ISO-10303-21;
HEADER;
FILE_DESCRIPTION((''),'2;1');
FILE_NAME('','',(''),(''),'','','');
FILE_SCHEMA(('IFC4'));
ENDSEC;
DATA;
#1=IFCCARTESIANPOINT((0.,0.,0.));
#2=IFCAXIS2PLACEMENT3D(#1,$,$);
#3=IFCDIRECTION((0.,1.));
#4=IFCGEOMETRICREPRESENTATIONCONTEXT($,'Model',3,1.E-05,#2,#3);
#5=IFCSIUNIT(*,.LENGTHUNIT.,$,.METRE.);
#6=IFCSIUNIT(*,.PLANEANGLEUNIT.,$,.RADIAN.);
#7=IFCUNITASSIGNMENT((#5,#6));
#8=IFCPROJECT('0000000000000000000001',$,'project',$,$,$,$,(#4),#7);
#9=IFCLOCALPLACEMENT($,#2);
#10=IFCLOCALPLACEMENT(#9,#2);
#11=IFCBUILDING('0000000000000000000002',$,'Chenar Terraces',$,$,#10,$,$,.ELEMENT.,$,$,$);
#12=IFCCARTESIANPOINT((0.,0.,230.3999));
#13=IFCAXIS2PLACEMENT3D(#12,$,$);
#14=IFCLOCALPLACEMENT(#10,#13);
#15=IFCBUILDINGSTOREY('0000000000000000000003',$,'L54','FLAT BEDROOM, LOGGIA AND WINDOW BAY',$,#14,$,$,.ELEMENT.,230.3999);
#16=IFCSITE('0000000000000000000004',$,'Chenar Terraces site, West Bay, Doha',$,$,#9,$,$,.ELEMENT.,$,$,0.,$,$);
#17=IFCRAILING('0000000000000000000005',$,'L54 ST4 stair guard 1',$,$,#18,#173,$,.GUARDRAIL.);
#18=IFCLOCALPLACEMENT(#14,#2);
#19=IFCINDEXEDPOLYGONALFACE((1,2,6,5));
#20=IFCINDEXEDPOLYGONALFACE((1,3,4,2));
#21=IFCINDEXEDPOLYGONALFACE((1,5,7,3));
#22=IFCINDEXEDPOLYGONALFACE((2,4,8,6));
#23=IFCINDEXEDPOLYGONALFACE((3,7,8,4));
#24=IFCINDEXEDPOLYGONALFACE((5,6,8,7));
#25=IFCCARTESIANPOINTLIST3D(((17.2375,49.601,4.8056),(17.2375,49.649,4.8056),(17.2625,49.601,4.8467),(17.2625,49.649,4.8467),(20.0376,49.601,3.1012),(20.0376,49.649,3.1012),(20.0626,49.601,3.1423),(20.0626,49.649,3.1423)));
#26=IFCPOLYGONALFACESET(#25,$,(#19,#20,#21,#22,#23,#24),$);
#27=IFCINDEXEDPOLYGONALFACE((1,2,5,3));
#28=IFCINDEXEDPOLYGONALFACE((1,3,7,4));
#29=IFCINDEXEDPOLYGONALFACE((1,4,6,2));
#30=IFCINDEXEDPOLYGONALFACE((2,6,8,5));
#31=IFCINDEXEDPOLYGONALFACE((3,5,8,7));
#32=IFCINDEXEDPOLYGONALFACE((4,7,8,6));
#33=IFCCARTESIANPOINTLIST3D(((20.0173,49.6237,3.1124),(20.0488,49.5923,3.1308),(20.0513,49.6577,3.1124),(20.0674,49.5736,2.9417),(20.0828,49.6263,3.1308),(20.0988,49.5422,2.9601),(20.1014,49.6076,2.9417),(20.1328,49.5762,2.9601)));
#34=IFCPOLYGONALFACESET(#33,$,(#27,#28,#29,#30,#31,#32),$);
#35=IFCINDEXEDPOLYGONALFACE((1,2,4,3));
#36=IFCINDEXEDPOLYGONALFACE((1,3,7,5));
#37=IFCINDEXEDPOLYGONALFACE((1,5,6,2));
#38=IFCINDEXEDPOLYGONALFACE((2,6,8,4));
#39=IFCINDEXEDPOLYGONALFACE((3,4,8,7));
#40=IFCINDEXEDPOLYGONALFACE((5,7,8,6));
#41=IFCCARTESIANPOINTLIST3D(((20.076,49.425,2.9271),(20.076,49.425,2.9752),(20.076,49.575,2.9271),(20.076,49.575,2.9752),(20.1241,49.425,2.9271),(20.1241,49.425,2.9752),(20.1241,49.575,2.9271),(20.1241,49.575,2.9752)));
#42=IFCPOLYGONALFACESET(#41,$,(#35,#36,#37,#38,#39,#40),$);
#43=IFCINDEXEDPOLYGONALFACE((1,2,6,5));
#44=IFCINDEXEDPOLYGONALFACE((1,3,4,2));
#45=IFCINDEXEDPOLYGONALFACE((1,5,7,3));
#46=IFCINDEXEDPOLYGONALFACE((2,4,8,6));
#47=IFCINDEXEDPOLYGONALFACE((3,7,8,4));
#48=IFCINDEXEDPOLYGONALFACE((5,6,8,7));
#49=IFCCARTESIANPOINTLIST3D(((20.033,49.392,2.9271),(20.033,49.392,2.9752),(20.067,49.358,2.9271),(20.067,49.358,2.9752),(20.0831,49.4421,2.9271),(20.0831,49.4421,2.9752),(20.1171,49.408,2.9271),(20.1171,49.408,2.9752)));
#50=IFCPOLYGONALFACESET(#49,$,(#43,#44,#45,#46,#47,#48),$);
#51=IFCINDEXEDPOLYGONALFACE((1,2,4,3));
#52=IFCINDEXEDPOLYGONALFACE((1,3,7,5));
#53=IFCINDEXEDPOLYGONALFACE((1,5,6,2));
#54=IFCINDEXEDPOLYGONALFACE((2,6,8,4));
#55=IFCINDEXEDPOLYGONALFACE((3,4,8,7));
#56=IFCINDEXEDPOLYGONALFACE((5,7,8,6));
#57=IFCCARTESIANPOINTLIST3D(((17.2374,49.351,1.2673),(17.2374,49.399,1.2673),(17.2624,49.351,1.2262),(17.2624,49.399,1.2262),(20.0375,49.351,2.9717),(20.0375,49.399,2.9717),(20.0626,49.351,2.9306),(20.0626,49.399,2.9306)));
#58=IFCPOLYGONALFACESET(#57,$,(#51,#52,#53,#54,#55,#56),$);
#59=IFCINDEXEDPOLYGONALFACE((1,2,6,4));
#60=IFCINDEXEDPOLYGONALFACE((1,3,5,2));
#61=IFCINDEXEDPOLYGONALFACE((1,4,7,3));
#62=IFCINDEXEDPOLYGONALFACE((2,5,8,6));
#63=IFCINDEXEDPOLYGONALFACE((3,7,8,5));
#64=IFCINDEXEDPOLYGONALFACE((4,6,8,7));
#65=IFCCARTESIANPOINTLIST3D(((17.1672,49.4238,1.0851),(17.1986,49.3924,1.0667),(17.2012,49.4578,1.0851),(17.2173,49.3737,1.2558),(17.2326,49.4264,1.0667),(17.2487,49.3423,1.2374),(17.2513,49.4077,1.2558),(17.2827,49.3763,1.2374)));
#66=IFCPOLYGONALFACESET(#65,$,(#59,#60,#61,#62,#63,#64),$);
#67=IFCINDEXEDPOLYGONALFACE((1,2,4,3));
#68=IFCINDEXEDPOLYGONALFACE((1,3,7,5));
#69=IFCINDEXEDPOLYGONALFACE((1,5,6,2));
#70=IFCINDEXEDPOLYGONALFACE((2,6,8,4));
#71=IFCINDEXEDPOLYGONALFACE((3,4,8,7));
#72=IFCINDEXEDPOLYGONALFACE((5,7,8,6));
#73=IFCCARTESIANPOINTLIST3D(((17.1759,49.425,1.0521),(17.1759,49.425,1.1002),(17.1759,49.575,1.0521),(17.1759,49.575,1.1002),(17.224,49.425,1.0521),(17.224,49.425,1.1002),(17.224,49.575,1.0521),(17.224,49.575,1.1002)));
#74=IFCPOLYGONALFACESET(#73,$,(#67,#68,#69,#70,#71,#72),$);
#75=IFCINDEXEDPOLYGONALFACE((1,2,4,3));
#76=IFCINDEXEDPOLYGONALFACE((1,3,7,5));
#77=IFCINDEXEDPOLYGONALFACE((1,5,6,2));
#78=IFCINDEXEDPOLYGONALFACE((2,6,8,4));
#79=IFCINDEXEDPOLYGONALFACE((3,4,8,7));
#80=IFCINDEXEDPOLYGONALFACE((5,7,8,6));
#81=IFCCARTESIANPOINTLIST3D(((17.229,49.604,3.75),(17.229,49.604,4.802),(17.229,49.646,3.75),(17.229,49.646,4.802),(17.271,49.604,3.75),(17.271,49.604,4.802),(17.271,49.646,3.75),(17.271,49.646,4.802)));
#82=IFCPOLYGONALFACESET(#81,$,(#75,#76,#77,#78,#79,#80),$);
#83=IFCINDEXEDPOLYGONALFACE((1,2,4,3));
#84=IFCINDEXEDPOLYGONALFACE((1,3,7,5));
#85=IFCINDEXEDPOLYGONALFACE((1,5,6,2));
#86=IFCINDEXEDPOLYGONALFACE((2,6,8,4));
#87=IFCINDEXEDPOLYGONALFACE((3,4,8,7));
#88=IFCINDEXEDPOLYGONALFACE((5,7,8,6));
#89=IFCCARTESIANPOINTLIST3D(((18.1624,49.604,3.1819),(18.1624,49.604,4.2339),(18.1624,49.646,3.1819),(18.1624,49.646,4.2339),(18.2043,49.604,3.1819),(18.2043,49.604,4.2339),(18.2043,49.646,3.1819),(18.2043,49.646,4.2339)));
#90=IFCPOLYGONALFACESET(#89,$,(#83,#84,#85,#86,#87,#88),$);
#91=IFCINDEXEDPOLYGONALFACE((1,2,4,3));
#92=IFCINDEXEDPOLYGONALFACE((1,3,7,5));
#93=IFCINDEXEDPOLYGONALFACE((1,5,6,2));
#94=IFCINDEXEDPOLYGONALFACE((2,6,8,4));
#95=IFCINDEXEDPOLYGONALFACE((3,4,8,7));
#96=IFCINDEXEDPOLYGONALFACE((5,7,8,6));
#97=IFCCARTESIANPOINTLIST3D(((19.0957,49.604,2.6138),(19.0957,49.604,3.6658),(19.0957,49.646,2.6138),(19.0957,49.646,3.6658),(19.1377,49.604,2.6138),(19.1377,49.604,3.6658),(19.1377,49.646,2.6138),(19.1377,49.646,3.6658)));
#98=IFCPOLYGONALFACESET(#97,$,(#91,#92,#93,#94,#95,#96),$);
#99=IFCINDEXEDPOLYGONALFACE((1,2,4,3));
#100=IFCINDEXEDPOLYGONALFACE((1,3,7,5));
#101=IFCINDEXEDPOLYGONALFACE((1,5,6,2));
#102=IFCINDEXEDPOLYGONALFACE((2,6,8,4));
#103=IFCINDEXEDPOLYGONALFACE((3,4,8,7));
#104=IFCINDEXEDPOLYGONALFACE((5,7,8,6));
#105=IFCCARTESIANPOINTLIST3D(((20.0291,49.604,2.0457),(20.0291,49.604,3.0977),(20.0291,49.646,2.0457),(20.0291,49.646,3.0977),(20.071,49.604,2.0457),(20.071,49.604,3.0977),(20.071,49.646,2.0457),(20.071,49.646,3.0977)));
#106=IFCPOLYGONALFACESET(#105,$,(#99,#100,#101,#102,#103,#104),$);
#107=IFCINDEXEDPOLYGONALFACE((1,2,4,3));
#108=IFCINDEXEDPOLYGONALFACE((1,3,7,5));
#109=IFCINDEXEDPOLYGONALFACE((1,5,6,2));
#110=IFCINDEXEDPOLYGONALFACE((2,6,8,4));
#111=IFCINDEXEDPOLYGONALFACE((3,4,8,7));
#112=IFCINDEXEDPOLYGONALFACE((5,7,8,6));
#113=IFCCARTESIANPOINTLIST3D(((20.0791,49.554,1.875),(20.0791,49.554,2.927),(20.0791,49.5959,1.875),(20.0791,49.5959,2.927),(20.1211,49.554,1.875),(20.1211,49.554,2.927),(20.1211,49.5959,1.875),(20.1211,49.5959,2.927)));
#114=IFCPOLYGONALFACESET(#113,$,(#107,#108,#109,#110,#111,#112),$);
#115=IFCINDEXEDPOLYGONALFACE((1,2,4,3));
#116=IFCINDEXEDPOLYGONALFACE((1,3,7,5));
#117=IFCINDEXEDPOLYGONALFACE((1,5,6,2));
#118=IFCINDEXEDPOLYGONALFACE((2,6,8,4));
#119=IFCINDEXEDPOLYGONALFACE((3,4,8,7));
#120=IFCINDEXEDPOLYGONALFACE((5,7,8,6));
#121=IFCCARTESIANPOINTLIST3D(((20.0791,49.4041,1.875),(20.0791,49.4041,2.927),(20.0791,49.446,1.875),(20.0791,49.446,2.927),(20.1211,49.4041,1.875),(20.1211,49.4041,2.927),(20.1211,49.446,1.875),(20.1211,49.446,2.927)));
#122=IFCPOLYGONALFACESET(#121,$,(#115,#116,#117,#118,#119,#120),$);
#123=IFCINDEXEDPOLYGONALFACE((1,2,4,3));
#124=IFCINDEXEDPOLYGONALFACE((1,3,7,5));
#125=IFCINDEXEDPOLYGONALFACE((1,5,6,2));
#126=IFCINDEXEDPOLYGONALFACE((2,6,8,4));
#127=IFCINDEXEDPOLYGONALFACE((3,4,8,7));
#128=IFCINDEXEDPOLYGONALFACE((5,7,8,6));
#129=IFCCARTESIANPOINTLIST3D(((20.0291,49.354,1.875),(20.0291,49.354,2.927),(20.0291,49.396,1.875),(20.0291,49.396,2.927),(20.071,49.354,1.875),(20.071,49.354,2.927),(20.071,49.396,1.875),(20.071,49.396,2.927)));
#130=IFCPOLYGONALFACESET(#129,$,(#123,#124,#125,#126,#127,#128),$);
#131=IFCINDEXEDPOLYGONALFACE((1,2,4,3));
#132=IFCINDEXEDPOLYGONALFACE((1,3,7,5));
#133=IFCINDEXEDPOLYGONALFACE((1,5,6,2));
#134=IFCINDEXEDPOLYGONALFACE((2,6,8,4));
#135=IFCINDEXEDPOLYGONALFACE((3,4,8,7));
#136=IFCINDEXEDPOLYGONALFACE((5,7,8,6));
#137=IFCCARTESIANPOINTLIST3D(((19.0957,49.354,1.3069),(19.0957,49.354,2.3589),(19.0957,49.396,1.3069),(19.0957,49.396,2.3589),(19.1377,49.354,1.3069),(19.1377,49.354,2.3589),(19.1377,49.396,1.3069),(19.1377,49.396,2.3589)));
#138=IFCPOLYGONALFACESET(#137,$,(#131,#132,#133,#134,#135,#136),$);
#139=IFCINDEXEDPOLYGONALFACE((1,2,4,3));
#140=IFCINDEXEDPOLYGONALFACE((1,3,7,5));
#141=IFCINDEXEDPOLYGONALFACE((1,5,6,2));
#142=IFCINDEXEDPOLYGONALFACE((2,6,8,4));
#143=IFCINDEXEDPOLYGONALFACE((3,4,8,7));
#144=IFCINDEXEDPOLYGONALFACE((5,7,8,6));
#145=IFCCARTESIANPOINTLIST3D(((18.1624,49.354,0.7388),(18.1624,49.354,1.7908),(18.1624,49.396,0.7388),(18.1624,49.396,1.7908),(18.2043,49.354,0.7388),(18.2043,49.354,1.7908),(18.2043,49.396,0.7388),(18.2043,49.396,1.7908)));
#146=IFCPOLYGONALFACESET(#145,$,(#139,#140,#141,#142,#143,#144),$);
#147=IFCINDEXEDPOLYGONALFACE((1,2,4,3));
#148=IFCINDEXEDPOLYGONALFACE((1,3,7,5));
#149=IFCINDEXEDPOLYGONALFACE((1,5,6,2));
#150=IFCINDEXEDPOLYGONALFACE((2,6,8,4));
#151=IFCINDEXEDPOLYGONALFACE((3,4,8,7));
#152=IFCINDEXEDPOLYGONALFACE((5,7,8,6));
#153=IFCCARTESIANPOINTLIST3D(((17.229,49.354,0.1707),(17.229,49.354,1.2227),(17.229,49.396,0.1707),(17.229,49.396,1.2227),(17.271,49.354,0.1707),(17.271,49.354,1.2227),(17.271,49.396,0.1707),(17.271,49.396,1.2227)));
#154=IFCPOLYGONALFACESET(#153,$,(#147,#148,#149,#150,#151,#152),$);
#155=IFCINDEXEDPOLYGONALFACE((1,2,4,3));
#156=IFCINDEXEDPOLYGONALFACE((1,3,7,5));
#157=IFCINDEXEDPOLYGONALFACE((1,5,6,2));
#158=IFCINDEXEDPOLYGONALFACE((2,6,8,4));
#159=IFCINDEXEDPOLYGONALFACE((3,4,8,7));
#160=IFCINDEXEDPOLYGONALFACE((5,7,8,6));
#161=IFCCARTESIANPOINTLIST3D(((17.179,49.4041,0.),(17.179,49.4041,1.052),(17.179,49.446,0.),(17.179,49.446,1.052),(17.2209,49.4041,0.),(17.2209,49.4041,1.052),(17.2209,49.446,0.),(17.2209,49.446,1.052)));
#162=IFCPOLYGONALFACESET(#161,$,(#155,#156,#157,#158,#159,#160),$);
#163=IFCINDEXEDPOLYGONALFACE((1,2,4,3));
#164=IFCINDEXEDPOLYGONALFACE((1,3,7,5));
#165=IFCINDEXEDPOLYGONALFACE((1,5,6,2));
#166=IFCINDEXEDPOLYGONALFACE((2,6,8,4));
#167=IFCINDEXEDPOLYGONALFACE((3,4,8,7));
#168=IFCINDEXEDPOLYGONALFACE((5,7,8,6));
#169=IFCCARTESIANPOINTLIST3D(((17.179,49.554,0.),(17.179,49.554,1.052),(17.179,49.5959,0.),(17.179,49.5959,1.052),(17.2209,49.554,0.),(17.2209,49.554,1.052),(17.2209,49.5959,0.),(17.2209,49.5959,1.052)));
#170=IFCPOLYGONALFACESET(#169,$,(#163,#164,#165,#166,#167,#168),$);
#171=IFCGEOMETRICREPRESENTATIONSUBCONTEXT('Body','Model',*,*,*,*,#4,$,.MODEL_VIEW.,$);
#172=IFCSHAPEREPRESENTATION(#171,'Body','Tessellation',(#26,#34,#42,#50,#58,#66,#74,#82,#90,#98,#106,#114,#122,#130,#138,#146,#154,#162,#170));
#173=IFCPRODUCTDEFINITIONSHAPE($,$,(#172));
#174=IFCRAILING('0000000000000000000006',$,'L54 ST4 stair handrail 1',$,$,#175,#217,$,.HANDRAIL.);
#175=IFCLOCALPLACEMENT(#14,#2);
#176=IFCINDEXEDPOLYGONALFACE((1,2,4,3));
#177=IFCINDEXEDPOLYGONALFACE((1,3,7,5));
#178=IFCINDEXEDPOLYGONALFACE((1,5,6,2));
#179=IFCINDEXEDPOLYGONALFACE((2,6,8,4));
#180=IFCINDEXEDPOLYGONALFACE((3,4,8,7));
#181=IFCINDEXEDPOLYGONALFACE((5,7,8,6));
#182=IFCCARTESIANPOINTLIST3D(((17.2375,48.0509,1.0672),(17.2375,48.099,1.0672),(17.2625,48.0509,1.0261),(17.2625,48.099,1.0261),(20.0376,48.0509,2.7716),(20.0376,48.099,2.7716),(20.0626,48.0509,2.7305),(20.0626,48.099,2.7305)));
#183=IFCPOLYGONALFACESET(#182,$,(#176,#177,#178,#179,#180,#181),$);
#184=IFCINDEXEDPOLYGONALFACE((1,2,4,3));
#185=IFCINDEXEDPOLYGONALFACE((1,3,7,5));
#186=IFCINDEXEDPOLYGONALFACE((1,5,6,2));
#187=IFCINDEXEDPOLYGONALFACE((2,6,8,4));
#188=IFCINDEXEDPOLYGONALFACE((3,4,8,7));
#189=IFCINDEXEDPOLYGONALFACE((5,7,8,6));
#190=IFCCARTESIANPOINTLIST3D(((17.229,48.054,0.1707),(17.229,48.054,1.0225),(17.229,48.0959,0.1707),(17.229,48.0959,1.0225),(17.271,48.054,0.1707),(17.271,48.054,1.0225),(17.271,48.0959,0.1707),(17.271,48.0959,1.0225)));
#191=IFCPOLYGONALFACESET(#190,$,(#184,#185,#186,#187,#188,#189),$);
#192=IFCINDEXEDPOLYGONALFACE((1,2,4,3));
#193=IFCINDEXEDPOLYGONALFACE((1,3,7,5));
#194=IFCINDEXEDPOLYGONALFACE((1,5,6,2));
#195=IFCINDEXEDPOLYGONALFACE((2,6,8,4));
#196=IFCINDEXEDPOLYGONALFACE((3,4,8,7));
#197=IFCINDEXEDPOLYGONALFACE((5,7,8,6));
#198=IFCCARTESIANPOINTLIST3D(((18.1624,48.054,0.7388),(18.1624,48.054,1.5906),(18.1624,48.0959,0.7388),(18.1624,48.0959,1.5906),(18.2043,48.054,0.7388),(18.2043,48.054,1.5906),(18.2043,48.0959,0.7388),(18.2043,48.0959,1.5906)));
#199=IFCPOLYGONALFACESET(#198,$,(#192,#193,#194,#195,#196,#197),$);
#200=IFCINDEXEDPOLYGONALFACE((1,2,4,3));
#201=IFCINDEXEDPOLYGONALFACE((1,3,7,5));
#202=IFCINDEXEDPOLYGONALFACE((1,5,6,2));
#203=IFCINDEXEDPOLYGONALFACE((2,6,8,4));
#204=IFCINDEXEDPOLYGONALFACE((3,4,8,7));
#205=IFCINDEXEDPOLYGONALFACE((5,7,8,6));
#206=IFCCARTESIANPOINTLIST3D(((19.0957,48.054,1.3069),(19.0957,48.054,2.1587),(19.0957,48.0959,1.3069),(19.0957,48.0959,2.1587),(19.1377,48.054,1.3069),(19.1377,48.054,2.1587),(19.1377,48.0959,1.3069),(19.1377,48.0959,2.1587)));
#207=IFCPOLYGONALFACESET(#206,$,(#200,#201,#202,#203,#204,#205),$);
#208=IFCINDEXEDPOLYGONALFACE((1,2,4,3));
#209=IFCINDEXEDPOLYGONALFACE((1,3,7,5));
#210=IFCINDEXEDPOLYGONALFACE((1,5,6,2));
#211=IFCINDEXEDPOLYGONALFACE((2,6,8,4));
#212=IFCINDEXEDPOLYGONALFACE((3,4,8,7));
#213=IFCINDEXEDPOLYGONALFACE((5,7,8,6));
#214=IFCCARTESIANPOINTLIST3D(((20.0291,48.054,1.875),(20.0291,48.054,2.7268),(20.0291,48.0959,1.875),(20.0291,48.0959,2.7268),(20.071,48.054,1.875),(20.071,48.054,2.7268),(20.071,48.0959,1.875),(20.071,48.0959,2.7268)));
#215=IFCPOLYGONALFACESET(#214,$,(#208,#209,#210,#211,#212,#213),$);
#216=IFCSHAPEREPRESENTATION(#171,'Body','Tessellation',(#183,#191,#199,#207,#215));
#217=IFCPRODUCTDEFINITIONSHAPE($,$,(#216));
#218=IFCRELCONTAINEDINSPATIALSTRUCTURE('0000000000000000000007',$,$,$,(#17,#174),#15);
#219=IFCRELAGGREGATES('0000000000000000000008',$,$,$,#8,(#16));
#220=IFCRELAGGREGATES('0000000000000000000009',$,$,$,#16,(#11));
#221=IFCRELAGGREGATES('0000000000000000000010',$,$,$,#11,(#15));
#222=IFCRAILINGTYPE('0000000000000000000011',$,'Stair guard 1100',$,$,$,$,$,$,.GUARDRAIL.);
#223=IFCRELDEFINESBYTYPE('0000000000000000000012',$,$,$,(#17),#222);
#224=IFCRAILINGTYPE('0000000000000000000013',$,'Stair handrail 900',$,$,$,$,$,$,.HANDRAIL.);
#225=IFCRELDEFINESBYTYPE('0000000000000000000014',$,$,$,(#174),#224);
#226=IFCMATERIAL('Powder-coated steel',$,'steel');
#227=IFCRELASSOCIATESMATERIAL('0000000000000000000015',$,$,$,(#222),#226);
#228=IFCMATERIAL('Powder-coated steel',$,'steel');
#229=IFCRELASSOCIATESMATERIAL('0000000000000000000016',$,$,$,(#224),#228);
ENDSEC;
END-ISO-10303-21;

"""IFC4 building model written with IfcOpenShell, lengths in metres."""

from ifc_helpers import new_model, si_unit, direction, frame, origin, origin_2d, place, context, subcontext, project, spatial, rectangle, extrude, material, type_object, element, save


model = new_model("IFC4")

# Units and contexts
model_context = context("Model", 3, precision=1e-05, world=origin(), true_north=direction((0.0, 1.0)))
body_context = subcontext(model_context, "Body", "Model", "MODEL_VIEW")
ifc_project = project(units=[si_unit("LENGTHUNIT", "METRE"), si_unit("PLANEANGLEUNIT", "RADIAN")], contexts=[model_context])

# Site, building, storey
site_placement = place(None, origin())
site = spatial("IfcSite", under=ifc_project, at=site_placement, Name="Chenar Terraces site, West Bay, Doha", CompositionType="ELEMENT", RefElevation=0.0)
building_placement = place(site_placement, origin())
building = spatial("IfcBuilding", under=site, at=building_placement, Name="Chenar Terraces", CompositionType="ELEMENT")
storey_placement = place(building_placement, frame((0.0, 0.0, 230.3999)))
storey = spatial("IfcBuildingStorey", under=building, at=storey_placement, Name="L54", Description="FLAT BEDROOM, LOGGIA AND WINDOW BAY", CompositionType="ELEMENT", Elevation=230.3999)

# Railings
ifc_material_1 = material(Name="Powder-coated steel", Category="steel")
railing_type_1 = type_object("IfcRailingType", Name="Stair guard 1100", PredefinedType="GUARDRAIL", material=ifc_material_1)
railing_1_placement = place(storey_placement, frame((17.25, 49.625, 3.75)))
element("IfcRailing", 1, at=railing_1_placement, inside=storey, type_object=railing_type_1, Name="L54 ST4 stair guard 1", PredefinedType="GUARDRAIL", context=body_context, shape_type="SweptSolid", body=[
    extrude(rectangle(XDim=0.0481, YDim=0.0481, at=origin_2d()), frame((0.0, 0.0, 1.0762), z_axis=(0.854203, 0.0, -0.51994), x_axis=(0.0, 1.0, 0.0)), (0.0, 0.0, 1.0), 3.2781),
    extrude(rectangle(XDim=0.0481, YDim=0.0481, at=origin_2d()), frame((2.8, 0.0, -0.6284), z_axis=(0.2709, -0.2709, -0.923703), x_axis=(0.707107, 0.707107, 0.0)), (0.0, 0.0, 1.0), 0.1848),
    extrude(rectangle(XDim=0.0481, YDim=0.0481, at=origin_2d()), frame((2.8501, -0.05, -0.7988), z_axis=(0.0, -1.0, 0.0), x_axis=(1.0, 0.0, 0.0)), (0.0, 0.0, 1.0), 0.1499),
    extrude(rectangle(XDim=0.0481, YDim=0.0481, at=origin_2d()), frame((2.8501, -0.2, -0.7988), z_axis=(-0.707107, -0.707107, 0.0), x_axis=(0.707107, -0.707107, 0.0)), (0.0, 0.0, 1.0), 0.0708),
    extrude(rectangle(XDim=0.0481, YDim=0.0481, at=origin_2d()), frame((2.8, -0.25, -0.7988), z_axis=(-0.854203, 0.0, -0.51994), x_axis=(0.0, -1.0, 0.0)), (0.0, 0.0, 1.0), 3.2781),
    extrude(rectangle(XDim=0.0481, YDim=0.0481, at=origin_2d()), frame((0.0, -0.25, -2.5034), z_axis=(-0.2709, 0.2709, -0.923703), x_axis=(-0.707107, -0.707107, 0.0)), (0.0, 0.0, 1.0), 0.1848),
    extrude(rectangle(XDim=0.0481, YDim=0.0481, at=origin_2d()), frame((-0.05, -0.2, -2.6738), z_axis=(0.0, 1.0, 0.0), x_axis=(-1.0, 0.0, 0.0)), (0.0, 0.0, 1.0), 0.1499),
    extrude(rectangle(XDim=0.042, YDim=0.042, at=origin_2d()), origin(), (0.0, 0.0, 1.0), 1.052),
    extrude(rectangle(XDim=0.042, YDim=0.042, at=origin_2d()), frame((0.9333, 0.0, -0.5681)), (0.0, 0.0, 1.0), 1.052),
    extrude(rectangle(XDim=0.042, YDim=0.042, at=origin_2d()), frame((1.8667, 0.0, -1.1362)), (0.0, 0.0, 1.0), 1.052),
    extrude(rectangle(XDim=0.042, YDim=0.042, at=origin_2d()), frame((2.8, 0.0, -1.7043)), (0.0, 0.0, 1.0), 1.052),
    extrude(rectangle(XDim=0.042, YDim=0.042, at=origin_2d()), frame((2.8501, -0.05, -1.875)), (0.0, 0.0, 1.0), 1.052),
    extrude(rectangle(XDim=0.042, YDim=0.042, at=origin_2d()), frame((2.8501, -0.2, -1.875)), (0.0, 0.0, 1.0), 1.052),
    extrude(rectangle(XDim=0.042, YDim=0.042, at=origin_2d()), frame((2.8, -0.25, -1.875)), (0.0, 0.0, 1.0), 1.052),
    extrude(rectangle(XDim=0.042, YDim=0.042, at=origin_2d()), frame((1.8667, -0.25, -2.4431)), (0.0, 0.0, 1.0), 1.052),
    extrude(rectangle(XDim=0.042, YDim=0.042, at=origin_2d()), frame((0.9333, -0.25, -3.0112)), (0.0, 0.0, 1.0), 1.052),
    extrude(rectangle(XDim=0.042, YDim=0.042, at=origin_2d()), frame((0.0, -0.25, -3.5793)), (0.0, 0.0, 1.0), 1.052),
    extrude(rectangle(XDim=0.042, YDim=0.042, at=origin_2d()), frame((-0.05, -0.2, -3.75)), (0.0, 0.0, 1.0), 1.052),
    extrude(rectangle(XDim=0.042, YDim=0.042, at=origin_2d()), frame((-0.05, -0.05, -3.75)), (0.0, 0.0, 1.0), 1.052),
])
ifc_material_2 = material(Name="Powder-coated steel", Category="steel")
railing_type_2 = type_object("IfcRailingType", Name="Stair handrail 900", PredefinedType="HANDRAIL", material=ifc_material_2)
railing_2_placement = place(storey_placement, frame((17.25, 48.075, 0.1707)))
element("IfcRailing", 2, at=railing_2_placement, inside=storey, type_object=railing_type_2, Name="L54 ST4 stair handrail 1", PredefinedType="HANDRAIL", context=body_context, shape_type="SweptSolid", body=[
    extrude(rectangle(XDim=0.0481, YDim=0.0481, at=origin_2d()), frame((0.0, 0.0, 0.876), z_axis=(0.854203, 0.0, 0.51994), x_axis=(0.0, 1.0, 0.0)), (0.0, 0.0, 1.0), 3.2781),
    extrude(rectangle(XDim=0.042, YDim=0.042, at=origin_2d()), origin(), (0.0, 0.0, 1.0), 0.8518),
    extrude(rectangle(XDim=0.042, YDim=0.042, at=origin_2d()), frame((0.9333, 0.0, 0.5681)), (0.0, 0.0, 1.0), 0.8518),
    extrude(rectangle(XDim=0.042, YDim=0.042, at=origin_2d()), frame((1.8667, 0.0, 1.1362)), (0.0, 0.0, 1.0), 0.8518),
    extrude(rectangle(XDim=0.042, YDim=0.042, at=origin_2d()), frame((2.8, 0.0, 1.7043)), (0.0, 0.0, 1.0), 0.8518),
])

save(model, "model.ifc")
